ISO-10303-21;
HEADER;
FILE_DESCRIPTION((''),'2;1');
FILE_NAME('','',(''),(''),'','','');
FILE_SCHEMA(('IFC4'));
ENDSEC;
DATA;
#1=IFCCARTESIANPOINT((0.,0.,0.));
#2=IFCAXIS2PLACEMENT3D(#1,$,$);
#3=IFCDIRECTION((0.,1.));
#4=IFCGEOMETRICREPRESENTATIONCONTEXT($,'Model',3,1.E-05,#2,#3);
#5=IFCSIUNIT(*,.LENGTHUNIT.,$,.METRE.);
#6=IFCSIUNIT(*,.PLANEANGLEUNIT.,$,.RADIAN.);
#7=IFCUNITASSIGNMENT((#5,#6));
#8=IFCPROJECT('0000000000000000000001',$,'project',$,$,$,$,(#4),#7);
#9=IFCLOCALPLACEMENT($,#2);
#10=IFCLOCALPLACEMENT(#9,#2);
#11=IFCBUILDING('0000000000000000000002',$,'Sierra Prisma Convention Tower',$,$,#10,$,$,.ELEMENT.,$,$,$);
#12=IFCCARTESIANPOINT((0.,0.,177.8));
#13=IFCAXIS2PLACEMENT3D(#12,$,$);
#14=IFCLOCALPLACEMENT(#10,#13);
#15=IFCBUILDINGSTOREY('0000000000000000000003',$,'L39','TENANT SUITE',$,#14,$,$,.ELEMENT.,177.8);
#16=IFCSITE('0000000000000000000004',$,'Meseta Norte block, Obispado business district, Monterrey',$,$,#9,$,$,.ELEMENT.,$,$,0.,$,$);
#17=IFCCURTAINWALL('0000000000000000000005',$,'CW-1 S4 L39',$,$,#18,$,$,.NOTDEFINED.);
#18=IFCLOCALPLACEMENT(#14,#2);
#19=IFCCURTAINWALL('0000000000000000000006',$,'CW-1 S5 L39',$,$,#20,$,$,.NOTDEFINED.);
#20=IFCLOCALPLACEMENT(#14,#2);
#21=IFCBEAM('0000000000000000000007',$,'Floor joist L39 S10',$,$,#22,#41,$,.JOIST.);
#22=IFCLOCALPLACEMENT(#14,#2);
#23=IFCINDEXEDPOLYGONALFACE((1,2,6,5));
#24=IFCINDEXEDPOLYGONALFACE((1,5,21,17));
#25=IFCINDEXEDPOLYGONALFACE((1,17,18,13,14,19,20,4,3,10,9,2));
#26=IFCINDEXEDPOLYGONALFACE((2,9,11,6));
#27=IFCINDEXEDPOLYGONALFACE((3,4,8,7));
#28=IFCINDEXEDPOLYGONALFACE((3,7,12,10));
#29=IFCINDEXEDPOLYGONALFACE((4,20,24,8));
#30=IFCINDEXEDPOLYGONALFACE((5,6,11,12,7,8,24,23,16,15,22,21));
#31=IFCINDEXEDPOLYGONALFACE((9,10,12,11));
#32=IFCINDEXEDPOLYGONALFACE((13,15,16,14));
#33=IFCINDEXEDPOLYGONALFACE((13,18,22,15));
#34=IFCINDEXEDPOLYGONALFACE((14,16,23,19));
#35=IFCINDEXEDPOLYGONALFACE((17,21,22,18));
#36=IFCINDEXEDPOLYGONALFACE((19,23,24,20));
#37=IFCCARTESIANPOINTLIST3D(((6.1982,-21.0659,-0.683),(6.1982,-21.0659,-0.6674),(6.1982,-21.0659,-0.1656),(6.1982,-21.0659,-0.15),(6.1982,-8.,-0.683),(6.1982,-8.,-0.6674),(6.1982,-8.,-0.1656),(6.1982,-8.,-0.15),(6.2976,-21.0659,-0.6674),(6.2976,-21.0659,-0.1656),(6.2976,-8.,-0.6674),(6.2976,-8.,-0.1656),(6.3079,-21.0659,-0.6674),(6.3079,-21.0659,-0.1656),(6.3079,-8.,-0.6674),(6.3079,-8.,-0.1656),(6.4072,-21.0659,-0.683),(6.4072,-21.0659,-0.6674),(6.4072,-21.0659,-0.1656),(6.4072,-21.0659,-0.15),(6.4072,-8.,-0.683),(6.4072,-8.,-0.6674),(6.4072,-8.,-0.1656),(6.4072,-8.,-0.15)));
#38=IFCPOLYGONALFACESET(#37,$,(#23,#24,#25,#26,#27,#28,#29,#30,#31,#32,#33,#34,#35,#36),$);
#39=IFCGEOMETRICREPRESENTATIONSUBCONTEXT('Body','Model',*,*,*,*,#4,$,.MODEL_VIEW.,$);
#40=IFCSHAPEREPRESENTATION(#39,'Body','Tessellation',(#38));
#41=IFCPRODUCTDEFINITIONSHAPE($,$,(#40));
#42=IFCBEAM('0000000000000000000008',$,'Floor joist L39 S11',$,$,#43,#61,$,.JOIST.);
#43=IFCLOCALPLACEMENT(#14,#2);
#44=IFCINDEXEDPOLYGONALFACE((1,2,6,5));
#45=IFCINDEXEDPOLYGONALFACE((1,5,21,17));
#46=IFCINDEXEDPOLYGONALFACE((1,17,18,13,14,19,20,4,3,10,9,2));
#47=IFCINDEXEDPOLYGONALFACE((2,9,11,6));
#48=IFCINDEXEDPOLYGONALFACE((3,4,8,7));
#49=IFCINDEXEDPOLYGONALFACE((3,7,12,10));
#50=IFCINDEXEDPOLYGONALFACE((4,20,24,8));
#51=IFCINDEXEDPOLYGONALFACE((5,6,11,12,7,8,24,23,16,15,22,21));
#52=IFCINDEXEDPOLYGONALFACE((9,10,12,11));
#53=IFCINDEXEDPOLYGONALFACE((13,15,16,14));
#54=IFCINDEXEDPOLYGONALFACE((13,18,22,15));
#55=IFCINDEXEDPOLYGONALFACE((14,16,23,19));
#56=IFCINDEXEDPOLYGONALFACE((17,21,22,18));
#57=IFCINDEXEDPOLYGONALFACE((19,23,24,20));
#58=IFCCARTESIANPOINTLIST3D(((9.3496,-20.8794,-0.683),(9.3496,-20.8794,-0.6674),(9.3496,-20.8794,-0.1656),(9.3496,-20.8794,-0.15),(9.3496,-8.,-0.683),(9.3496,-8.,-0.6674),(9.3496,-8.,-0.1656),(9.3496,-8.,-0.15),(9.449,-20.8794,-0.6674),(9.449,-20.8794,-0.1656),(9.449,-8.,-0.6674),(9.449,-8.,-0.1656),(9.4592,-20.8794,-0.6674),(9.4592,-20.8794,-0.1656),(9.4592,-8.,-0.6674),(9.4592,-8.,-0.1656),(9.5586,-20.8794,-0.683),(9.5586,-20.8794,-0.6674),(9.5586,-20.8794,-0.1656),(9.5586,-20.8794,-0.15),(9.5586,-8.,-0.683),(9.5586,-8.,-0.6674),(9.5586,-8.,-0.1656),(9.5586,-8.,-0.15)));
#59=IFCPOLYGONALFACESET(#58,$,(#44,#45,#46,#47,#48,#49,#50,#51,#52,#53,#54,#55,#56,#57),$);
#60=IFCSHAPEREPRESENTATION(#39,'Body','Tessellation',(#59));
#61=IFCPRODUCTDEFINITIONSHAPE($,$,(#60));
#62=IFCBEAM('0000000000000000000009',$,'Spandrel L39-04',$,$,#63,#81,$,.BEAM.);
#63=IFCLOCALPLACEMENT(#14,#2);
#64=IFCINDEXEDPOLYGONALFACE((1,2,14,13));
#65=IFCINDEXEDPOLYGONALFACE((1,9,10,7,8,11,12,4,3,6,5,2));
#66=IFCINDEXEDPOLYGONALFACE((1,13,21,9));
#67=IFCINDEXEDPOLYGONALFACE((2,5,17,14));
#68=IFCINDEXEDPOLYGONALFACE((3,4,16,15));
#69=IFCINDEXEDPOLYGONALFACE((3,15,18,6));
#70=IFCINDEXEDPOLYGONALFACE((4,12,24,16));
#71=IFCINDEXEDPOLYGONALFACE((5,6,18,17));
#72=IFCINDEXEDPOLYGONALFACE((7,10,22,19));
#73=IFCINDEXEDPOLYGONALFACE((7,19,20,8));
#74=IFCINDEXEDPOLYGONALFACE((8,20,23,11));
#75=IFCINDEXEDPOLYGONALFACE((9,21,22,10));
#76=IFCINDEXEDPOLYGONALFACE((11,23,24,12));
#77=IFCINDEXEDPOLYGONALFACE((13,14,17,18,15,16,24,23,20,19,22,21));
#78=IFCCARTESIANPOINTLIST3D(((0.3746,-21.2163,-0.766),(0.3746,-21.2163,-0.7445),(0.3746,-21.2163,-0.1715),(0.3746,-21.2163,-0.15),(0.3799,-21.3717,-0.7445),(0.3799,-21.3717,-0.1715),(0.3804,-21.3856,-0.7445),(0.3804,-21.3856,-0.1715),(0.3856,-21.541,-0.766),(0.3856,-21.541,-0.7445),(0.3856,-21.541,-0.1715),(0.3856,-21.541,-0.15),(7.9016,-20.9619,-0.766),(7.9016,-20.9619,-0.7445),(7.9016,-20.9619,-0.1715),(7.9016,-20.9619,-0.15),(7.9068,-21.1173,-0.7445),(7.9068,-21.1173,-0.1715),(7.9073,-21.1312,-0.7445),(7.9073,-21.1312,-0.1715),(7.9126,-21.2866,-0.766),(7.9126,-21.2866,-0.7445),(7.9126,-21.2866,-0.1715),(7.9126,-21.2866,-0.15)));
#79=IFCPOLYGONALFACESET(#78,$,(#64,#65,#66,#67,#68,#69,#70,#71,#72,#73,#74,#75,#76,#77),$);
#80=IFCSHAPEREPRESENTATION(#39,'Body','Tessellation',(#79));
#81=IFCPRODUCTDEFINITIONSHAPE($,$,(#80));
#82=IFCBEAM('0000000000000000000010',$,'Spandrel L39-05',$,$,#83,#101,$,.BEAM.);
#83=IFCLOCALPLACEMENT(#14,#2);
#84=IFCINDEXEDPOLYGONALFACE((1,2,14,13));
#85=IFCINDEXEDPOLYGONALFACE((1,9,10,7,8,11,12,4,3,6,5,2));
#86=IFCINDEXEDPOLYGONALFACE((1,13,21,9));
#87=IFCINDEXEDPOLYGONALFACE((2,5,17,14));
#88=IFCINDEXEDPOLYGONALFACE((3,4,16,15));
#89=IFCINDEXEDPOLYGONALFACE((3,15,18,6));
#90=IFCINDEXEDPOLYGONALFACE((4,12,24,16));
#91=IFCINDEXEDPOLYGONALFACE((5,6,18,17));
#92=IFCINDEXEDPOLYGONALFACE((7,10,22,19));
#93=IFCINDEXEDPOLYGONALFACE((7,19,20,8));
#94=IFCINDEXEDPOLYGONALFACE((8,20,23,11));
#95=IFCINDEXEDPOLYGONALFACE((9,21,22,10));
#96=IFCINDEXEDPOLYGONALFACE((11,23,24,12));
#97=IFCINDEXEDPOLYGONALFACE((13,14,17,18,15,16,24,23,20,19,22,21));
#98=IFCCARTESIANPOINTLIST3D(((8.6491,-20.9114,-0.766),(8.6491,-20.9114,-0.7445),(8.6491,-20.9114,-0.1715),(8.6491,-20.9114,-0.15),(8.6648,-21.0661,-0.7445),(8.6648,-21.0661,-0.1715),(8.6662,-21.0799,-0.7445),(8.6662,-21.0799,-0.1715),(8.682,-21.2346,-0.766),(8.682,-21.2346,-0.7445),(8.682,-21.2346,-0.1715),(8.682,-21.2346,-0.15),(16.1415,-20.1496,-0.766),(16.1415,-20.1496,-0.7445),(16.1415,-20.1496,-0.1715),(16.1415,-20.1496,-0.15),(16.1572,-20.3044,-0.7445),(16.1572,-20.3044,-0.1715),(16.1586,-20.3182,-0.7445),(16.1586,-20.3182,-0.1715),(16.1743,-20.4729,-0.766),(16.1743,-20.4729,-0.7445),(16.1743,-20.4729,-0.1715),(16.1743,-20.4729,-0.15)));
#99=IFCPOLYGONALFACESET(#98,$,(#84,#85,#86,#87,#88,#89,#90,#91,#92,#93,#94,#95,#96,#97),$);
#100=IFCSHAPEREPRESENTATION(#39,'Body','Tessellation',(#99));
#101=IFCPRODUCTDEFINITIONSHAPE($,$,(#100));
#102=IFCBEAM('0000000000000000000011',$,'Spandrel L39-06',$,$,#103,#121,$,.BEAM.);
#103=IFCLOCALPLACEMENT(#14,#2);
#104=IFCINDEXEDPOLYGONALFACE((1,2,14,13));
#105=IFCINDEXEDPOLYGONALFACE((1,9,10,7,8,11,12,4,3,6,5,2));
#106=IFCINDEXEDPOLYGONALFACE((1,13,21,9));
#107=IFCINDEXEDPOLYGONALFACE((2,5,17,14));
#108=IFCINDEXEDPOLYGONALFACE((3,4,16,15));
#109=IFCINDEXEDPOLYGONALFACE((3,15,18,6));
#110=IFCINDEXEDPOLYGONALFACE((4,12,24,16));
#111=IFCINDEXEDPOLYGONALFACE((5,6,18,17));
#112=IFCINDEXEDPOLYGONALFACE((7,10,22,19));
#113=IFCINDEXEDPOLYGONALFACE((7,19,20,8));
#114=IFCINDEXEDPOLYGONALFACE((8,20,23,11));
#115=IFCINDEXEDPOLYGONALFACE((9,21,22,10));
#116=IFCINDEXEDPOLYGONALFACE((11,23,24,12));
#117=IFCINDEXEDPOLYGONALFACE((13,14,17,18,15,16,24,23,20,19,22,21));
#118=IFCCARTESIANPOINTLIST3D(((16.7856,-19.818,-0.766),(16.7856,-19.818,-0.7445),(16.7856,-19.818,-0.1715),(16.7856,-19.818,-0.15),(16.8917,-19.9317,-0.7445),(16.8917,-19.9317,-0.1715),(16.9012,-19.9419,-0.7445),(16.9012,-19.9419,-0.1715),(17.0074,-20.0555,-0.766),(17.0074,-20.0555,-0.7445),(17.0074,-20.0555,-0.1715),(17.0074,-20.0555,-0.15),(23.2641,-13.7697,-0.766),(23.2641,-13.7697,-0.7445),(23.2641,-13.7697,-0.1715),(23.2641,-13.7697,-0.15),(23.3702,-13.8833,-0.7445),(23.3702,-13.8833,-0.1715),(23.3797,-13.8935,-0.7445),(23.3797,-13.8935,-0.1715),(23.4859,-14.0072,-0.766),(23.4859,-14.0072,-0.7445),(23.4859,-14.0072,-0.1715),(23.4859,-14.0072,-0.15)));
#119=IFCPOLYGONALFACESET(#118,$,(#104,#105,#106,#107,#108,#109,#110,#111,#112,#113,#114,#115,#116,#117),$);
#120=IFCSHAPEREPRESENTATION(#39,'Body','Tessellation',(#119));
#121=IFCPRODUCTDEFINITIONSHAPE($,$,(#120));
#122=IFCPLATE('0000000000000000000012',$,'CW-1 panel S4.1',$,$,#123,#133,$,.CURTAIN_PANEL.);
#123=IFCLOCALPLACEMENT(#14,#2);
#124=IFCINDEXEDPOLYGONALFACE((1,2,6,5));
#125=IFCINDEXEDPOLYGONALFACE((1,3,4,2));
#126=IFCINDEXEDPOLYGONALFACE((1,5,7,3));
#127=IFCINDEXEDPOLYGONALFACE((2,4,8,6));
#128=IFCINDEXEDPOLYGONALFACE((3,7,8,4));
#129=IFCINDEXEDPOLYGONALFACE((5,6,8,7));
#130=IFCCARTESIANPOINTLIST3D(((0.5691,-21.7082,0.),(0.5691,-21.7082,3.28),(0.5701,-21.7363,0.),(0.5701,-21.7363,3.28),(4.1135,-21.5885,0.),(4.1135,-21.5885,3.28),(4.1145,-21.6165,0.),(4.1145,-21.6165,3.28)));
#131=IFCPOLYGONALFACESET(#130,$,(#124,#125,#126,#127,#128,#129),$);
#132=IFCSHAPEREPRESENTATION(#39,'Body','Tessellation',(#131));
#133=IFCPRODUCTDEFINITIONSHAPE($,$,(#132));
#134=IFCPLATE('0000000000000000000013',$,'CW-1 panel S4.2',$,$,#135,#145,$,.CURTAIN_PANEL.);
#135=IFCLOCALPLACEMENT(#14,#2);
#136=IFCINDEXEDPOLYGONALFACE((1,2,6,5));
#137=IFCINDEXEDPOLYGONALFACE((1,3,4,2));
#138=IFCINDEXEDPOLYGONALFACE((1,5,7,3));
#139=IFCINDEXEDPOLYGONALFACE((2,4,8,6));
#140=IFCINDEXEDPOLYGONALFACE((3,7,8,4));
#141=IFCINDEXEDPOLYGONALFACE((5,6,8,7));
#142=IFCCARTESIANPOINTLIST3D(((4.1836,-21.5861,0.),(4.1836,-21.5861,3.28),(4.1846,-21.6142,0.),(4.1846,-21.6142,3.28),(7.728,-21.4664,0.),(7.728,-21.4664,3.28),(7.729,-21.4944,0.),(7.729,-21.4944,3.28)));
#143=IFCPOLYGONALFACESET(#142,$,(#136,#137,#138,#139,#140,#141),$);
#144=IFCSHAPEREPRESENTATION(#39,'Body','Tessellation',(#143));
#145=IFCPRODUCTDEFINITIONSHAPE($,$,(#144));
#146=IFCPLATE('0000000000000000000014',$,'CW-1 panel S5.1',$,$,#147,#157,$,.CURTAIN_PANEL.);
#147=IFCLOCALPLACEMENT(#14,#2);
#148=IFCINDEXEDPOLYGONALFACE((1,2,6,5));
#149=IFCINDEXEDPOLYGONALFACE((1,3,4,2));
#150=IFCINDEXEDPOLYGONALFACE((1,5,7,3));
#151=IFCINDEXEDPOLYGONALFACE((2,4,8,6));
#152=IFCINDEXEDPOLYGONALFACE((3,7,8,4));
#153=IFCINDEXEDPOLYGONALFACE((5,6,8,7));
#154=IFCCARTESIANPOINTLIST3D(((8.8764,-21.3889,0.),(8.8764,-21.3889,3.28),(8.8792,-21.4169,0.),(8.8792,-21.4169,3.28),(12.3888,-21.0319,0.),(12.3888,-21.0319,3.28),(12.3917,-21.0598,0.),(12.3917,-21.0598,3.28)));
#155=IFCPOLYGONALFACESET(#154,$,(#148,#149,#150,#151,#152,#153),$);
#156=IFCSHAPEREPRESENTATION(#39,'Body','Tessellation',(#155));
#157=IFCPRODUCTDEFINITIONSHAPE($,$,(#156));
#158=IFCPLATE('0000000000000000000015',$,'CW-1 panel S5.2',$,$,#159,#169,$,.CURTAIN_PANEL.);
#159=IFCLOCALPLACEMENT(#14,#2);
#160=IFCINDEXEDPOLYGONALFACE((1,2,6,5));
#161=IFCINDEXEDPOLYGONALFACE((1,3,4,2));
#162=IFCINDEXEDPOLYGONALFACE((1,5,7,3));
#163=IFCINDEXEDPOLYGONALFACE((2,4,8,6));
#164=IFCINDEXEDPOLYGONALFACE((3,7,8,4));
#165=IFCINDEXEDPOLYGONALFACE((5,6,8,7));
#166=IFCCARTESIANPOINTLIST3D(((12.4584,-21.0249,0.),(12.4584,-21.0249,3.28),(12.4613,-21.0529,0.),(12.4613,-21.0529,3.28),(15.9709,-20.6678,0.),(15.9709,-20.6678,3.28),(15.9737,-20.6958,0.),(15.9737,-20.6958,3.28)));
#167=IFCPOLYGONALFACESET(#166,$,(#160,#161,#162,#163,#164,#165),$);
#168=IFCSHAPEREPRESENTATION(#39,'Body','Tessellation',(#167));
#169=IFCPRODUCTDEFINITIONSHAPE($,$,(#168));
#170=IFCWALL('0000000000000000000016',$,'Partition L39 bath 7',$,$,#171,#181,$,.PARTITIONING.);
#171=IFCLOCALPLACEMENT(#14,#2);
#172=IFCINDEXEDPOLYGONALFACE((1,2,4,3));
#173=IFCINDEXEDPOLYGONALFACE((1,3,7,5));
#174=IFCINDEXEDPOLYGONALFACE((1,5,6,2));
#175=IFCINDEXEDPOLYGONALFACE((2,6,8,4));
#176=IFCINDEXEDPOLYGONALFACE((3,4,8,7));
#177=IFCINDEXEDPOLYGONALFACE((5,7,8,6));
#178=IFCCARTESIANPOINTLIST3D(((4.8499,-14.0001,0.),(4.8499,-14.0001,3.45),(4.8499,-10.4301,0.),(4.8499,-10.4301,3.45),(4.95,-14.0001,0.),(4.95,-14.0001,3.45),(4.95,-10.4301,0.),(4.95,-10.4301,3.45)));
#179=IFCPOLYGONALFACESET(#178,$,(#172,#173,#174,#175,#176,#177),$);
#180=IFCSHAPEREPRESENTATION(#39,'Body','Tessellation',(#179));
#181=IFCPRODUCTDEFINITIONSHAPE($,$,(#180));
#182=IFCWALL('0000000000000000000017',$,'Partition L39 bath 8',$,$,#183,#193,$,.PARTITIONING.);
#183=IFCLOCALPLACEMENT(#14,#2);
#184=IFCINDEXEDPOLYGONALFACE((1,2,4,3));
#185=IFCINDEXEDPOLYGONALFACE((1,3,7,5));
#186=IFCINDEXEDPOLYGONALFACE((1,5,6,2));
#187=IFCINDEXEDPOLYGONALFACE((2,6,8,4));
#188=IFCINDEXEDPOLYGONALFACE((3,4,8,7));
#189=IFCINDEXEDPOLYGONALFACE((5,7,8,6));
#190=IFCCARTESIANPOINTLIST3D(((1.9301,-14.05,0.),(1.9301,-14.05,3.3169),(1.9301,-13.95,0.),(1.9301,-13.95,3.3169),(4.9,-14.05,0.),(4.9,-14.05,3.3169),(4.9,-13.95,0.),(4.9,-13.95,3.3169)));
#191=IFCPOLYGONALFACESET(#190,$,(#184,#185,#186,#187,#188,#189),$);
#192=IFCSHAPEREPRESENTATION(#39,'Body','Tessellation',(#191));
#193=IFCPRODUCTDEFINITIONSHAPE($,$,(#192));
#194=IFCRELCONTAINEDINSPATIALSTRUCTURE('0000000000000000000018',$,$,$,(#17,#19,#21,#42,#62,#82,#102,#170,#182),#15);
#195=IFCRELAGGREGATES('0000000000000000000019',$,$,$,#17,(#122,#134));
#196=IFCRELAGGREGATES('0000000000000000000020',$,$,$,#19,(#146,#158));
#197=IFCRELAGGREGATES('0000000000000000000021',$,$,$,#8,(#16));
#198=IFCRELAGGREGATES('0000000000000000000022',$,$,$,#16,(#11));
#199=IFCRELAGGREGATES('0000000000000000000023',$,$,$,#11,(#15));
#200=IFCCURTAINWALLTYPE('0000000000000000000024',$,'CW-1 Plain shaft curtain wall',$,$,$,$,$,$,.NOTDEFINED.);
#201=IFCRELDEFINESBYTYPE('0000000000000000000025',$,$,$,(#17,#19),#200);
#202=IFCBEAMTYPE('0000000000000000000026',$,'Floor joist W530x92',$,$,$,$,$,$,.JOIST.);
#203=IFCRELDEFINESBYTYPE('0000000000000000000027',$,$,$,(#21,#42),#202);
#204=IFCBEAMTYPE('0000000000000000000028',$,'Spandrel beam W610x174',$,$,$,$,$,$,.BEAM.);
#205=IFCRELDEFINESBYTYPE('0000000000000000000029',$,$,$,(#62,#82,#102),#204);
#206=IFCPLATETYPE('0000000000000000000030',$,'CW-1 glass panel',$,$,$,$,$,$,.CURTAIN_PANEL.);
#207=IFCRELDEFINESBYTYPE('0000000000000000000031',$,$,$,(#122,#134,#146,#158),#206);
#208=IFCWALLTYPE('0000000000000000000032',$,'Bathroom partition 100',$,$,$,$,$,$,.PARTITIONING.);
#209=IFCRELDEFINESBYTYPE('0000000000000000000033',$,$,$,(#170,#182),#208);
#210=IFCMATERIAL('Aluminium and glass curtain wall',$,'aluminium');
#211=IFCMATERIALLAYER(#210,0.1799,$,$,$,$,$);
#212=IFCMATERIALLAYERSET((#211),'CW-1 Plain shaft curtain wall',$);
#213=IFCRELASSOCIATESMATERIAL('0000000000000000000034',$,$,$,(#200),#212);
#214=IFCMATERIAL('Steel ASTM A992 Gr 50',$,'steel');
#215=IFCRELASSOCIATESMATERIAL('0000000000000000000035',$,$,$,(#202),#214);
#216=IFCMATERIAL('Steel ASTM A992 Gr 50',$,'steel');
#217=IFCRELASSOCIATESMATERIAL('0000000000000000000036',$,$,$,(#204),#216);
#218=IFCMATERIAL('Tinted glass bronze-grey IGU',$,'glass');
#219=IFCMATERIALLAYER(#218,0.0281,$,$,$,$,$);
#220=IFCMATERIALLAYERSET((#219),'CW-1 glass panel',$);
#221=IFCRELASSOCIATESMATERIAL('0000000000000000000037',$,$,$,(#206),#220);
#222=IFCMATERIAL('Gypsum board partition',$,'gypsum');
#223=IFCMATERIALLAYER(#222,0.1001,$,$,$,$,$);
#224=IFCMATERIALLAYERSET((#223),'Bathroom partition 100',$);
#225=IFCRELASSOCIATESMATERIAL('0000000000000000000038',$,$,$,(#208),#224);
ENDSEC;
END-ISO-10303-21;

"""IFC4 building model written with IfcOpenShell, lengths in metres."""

from ifc_helpers import new_model, si_unit, direction, frame, frame_2d, origin, origin_2d, place, context, subcontext, project, spatial, rectangle, i_section, extrude, material, layer, layer_set, material_profile, profile_set, type_object, element, aggregate, save


model = new_model("IFC4")

# Units and contexts
model_context = context("Model", 3, precision=1e-05, world=origin(), true_north=direction((0.0, 1.0)))
body_context = subcontext(model_context, "Body", "Model", "MODEL_VIEW")
ifc_project = project(units=[si_unit("LENGTHUNIT", "METRE"), si_unit("PLANEANGLEUNIT", "RADIAN")], contexts=[model_context])

# Site, building, storey
site_placement = place(None, origin())
site = spatial("IfcSite", under=ifc_project, at=site_placement, Name="Meseta Norte block, Obispado business district, Monterrey", CompositionType="ELEMENT", RefElevation=0.0)
building_placement = place(site_placement, origin())
building = spatial("IfcBuilding", under=site, at=building_placement, Name="Sierra Prisma Convention Tower", CompositionType="ELEMENT")
storey_placement = place(building_placement, frame((0.0, 0.0, 177.8)))
storey = spatial("IfcBuildingStorey", under=building, at=storey_placement, Name="L39", Description="TENANT SUITE", CompositionType="ELEMENT", Elevation=177.8)

# Curtain walls
ifc_material_1 = material(Name="Aluminium and glass curtain wall", Category="aluminium")
ifc_layer_1 = layer(ifc_material_1, 0.1799)
ifc_layer_set_1 = layer_set([ifc_layer_1], Name="CW-1 Plain shaft curtain wall")
curtain_wall_type = type_object("IfcCurtainWallType", Name="CW-1 Plain shaft curtain wall", PredefinedType="NOTDEFINED", material=ifc_layer_set_1)
curtain_wall_1_placement = place(storey_placement, origin())
curtain_wall_1 = element("IfcCurtainWall", 1, at=curtain_wall_1_placement, inside=storey, type_object=curtain_wall_type, Name="CW-1 S4 L39", PredefinedType="NOTDEFINED")
curtain_wall_2_placement = place(storey_placement, origin())
curtain_wall_2 = element("IfcCurtainWall", 2, at=curtain_wall_2_placement, inside=storey, type_object=curtain_wall_type, Name="CW-1 S5 L39", PredefinedType="NOTDEFINED")

# Beams
ifc_material_2 = material(Name="Steel ASTM A992 Gr 50", Category="steel")
ifc_material_profile_1 = material_profile(ifc_material_2, i_section(OverallWidth=0.209, OverallDepth=0.533, WebThickness=0.0103, FlangeThickness=0.0156, at=origin_2d()), Name="W530x92")
ifc_profile_set_1 = profile_set([ifc_material_profile_1], Name="Steel ASTM A992 Gr 50")
beam_type_1 = type_object("IfcBeamType", Name="Floor joist W530x92", PredefinedType="JOIST", material=ifc_profile_set_1)
beam_1_placement = place(storey_placement, frame((6.3027, -21.0659, -0.4165), z_axis=(0.0, 1.0, 0.0), x_axis=(-1.0, 0.0, 0.0)))
element("IfcBeam", 3, at=beam_1_placement, inside=storey, type_object=beam_type_1, Name="Floor joist L39 S10", PredefinedType="JOIST", context=body_context, shape_type="SweptSolid", body=[
    extrude(i_section(OverallWidth=0.209, OverallDepth=0.533, WebThickness=0.0103, FlangeThickness=0.0156, at=origin_2d()), origin(), (0.0, 0.0, 1.0), 13.0659),
])
beam_2_placement = place(storey_placement, frame((9.4541, -20.8794, -0.4165), z_axis=(0.0, 1.0, 0.0), x_axis=(-1.0, 0.0, 0.0)))
element("IfcBeam", 4, at=beam_2_placement, inside=storey, type_object=beam_type_1, Name="Floor joist L39 S11", PredefinedType="JOIST", context=body_context, shape_type="SweptSolid", body=[
    extrude(i_section(OverallWidth=0.209, OverallDepth=0.533, WebThickness=0.0103, FlangeThickness=0.0156, at=origin_2d()), origin(), (0.0, 0.0, 1.0), 12.8794),
])
ifc_material_3 = material(Name="Steel ASTM A992 Gr 50", Category="steel")
ifc_material_profile_2 = material_profile(ifc_material_3, i_section(OverallWidth=0.325, OverallDepth=0.616, WebThickness=0.0139, FlangeThickness=0.0215, at=origin_2d()), Name="W610x174")
ifc_profile_set_2 = profile_set([ifc_material_profile_2], Name="Steel ASTM A992 Gr 50")
beam_type_2 = type_object("IfcBeamType", Name="Spandrel beam W610x174", PredefinedType="BEAM", material=ifc_profile_set_2)
beam_3_placement = place(storey_placement, frame((0.3801, -21.3787, -0.458), z_axis=(0.999429, 0.033779, 0.0), x_axis=(-0.033779, 0.999429, 0.0)))
element("IfcBeam", 5, at=beam_3_placement, inside=storey, type_object=beam_type_2, Name="Spandrel L39-04", PredefinedType="BEAM", context=body_context, shape_type="SweptSolid", body=[
    extrude(i_section(OverallWidth=0.325, OverallDepth=0.616, WebThickness=0.0139, FlangeThickness=0.0215, at=origin_2d()), origin(), (0.0, 0.0, 1.0), 7.5312),
])
beam_4_placement = place(storey_placement, frame((8.6655, -21.073, -0.458), z_axis=(0.994872, 0.101144, 0.0), x_axis=(-0.101144, 0.994872, 0.0)))
element("IfcBeam", 6, at=beam_4_placement, inside=storey, type_object=beam_type_2, Name="Spandrel L39-05", PredefinedType="BEAM", context=body_context, shape_type="SweptSolid", body=[
    extrude(i_section(OverallWidth=0.325, OverallDepth=0.616, WebThickness=0.0139, FlangeThickness=0.0215, at=origin_2d()), origin(), (0.0, 0.0, 1.0), 7.531),
])
beam_5_placement = place(storey_placement, frame((16.8965, -19.9368, -0.458), z_axis=(0.730958, 0.682422, 0.0), x_axis=(-0.682422, 0.730958, 0.0)))
element("IfcBeam", 7, at=beam_5_placement, inside=storey, type_object=beam_type_2, Name="Spandrel L39-06", PredefinedType="BEAM", context=body_context, shape_type="SweptSolid", body=[
    extrude(i_section(OverallWidth=0.325, OverallDepth=0.616, WebThickness=0.0139, FlangeThickness=0.0215, at=origin_2d()), origin(), (0.0, 0.0, 1.0), 8.863),
])

# Plates
ifc_material_4 = material(Name="Tinted glass bronze-grey IGU", Category="glass")
ifc_layer_2 = layer(ifc_material_4, 0.0281)
ifc_layer_set_2 = layer_set([ifc_layer_2], Name="CW-1 glass panel")
plate_type = type_object("IfcPlateType", Name="CW-1 glass panel", PredefinedType="CURTAIN_PANEL", material=ifc_layer_set_2)
plate_1_placement = place(storey_placement, frame((2.3418, -21.6624, 0.0), z_axis=(0.0, 0.0, 1.0), x_axis=(0.99943, 0.033766, 0.0)))
plate_1 = element("IfcPlate", 8, at=plate_1_placement, type_object=plate_type, Name="CW-1 panel S4.1", PredefinedType="CURTAIN_PANEL", context=body_context, shape_type="SweptSolid", body=[
    extrude(rectangle(XDim=3.5464, YDim=0.0281, at=origin_2d()), origin(), (0.0, 0.0, 1.0), 3.28),
])
plate_2_placement = place(storey_placement, frame((5.9563, -21.5403, 0.0), z_axis=(0.0, 0.0, 1.0), x_axis=(0.99943, 0.033766, 0.0)))
plate_2 = element("IfcPlate", 9, at=plate_2_placement, type_object=plate_type, Name="CW-1 panel S4.2", PredefinedType="CURTAIN_PANEL", context=body_context, shape_type="SweptSolid", body=[
    extrude(rectangle(XDim=3.5464, YDim=0.0281, at=origin_2d()), origin(), (0.0, 0.0, 1.0), 3.28),
])
aggregate(curtain_wall_1, [plate_1, plate_2])
plate_3_placement = place(storey_placement, frame((10.634, -21.2244, 0.0), z_axis=(0.0, 0.0, 1.0), x_axis=(0.994872, 0.101144, 0.0)))
plate_3 = element("IfcPlate", 10, at=plate_3_placement, type_object=plate_type, Name="CW-1 panel S5.1", PredefinedType="CURTAIN_PANEL", context=body_context, shape_type="SweptSolid", body=[
    extrude(rectangle(XDim=3.5305, YDim=0.0281, at=origin_2d()), origin(), (0.0, 0.0, 1.0), 3.28),
])
plate_4_placement = place(storey_placement, frame((14.2161, -20.8604, 0.0), z_axis=(0.0, 0.0, 1.0), x_axis=(0.994872, 0.101144, 0.0)))
plate_4 = element("IfcPlate", 11, at=plate_4_placement, type_object=plate_type, Name="CW-1 panel S5.2", PredefinedType="CURTAIN_PANEL", context=body_context, shape_type="SweptSolid", body=[
    extrude(rectangle(XDim=3.5305, YDim=0.0281, at=origin_2d()), origin(), (0.0, 0.0, 1.0), 3.28),
])
aggregate(curtain_wall_2, [plate_3, plate_4])

# Walls
ifc_material_5 = material(Name="Gypsum board partition", Category="gypsum")
ifc_layer_3 = layer(ifc_material_5, 0.1001)
ifc_layer_set_3 = layer_set([ifc_layer_3], Name="Bathroom partition 100")
wall_type = type_object("IfcWallType", Name="Bathroom partition 100", PredefinedType="PARTITIONING", material=ifc_layer_set_3)
wall_1_placement = place(storey_placement, frame((4.8999, -10.4299, 0.0), z_axis=(0.0, 0.0, 1.0), x_axis=(0.0, -1.0, 0.0)))
element("IfcWall", 12, at=wall_1_placement, inside=storey, type_object=wall_type, Name="Partition L39 bath 7", PredefinedType="PARTITIONING", context=body_context, shape_type="SweptSolid", body=[
    extrude(rectangle(XDim=3.5701, YDim=0.1001, at=frame_2d((1.7852, 0.0))), origin(), (0.0, 0.0, 1.0), 3.45),
])
wall_2_placement = place(storey_placement, frame((4.8999, -14.0, 0.0), z_axis=(0.0, 0.0, 1.0), x_axis=(-1.0, 0.0, 0.0)))
element("IfcWall", 13, at=wall_2_placement, inside=storey, type_object=wall_type, Name="Partition L39 bath 8", PredefinedType="PARTITIONING", context=body_context, shape_type="SweptSolid", body=[
    extrude(rectangle(XDim=2.97, YDim=0.1001, at=frame_2d((1.4849, 0.0))), origin(), (0.0, 0.0, 1.0), 3.3169),
])

save(model, "model.ifc")
